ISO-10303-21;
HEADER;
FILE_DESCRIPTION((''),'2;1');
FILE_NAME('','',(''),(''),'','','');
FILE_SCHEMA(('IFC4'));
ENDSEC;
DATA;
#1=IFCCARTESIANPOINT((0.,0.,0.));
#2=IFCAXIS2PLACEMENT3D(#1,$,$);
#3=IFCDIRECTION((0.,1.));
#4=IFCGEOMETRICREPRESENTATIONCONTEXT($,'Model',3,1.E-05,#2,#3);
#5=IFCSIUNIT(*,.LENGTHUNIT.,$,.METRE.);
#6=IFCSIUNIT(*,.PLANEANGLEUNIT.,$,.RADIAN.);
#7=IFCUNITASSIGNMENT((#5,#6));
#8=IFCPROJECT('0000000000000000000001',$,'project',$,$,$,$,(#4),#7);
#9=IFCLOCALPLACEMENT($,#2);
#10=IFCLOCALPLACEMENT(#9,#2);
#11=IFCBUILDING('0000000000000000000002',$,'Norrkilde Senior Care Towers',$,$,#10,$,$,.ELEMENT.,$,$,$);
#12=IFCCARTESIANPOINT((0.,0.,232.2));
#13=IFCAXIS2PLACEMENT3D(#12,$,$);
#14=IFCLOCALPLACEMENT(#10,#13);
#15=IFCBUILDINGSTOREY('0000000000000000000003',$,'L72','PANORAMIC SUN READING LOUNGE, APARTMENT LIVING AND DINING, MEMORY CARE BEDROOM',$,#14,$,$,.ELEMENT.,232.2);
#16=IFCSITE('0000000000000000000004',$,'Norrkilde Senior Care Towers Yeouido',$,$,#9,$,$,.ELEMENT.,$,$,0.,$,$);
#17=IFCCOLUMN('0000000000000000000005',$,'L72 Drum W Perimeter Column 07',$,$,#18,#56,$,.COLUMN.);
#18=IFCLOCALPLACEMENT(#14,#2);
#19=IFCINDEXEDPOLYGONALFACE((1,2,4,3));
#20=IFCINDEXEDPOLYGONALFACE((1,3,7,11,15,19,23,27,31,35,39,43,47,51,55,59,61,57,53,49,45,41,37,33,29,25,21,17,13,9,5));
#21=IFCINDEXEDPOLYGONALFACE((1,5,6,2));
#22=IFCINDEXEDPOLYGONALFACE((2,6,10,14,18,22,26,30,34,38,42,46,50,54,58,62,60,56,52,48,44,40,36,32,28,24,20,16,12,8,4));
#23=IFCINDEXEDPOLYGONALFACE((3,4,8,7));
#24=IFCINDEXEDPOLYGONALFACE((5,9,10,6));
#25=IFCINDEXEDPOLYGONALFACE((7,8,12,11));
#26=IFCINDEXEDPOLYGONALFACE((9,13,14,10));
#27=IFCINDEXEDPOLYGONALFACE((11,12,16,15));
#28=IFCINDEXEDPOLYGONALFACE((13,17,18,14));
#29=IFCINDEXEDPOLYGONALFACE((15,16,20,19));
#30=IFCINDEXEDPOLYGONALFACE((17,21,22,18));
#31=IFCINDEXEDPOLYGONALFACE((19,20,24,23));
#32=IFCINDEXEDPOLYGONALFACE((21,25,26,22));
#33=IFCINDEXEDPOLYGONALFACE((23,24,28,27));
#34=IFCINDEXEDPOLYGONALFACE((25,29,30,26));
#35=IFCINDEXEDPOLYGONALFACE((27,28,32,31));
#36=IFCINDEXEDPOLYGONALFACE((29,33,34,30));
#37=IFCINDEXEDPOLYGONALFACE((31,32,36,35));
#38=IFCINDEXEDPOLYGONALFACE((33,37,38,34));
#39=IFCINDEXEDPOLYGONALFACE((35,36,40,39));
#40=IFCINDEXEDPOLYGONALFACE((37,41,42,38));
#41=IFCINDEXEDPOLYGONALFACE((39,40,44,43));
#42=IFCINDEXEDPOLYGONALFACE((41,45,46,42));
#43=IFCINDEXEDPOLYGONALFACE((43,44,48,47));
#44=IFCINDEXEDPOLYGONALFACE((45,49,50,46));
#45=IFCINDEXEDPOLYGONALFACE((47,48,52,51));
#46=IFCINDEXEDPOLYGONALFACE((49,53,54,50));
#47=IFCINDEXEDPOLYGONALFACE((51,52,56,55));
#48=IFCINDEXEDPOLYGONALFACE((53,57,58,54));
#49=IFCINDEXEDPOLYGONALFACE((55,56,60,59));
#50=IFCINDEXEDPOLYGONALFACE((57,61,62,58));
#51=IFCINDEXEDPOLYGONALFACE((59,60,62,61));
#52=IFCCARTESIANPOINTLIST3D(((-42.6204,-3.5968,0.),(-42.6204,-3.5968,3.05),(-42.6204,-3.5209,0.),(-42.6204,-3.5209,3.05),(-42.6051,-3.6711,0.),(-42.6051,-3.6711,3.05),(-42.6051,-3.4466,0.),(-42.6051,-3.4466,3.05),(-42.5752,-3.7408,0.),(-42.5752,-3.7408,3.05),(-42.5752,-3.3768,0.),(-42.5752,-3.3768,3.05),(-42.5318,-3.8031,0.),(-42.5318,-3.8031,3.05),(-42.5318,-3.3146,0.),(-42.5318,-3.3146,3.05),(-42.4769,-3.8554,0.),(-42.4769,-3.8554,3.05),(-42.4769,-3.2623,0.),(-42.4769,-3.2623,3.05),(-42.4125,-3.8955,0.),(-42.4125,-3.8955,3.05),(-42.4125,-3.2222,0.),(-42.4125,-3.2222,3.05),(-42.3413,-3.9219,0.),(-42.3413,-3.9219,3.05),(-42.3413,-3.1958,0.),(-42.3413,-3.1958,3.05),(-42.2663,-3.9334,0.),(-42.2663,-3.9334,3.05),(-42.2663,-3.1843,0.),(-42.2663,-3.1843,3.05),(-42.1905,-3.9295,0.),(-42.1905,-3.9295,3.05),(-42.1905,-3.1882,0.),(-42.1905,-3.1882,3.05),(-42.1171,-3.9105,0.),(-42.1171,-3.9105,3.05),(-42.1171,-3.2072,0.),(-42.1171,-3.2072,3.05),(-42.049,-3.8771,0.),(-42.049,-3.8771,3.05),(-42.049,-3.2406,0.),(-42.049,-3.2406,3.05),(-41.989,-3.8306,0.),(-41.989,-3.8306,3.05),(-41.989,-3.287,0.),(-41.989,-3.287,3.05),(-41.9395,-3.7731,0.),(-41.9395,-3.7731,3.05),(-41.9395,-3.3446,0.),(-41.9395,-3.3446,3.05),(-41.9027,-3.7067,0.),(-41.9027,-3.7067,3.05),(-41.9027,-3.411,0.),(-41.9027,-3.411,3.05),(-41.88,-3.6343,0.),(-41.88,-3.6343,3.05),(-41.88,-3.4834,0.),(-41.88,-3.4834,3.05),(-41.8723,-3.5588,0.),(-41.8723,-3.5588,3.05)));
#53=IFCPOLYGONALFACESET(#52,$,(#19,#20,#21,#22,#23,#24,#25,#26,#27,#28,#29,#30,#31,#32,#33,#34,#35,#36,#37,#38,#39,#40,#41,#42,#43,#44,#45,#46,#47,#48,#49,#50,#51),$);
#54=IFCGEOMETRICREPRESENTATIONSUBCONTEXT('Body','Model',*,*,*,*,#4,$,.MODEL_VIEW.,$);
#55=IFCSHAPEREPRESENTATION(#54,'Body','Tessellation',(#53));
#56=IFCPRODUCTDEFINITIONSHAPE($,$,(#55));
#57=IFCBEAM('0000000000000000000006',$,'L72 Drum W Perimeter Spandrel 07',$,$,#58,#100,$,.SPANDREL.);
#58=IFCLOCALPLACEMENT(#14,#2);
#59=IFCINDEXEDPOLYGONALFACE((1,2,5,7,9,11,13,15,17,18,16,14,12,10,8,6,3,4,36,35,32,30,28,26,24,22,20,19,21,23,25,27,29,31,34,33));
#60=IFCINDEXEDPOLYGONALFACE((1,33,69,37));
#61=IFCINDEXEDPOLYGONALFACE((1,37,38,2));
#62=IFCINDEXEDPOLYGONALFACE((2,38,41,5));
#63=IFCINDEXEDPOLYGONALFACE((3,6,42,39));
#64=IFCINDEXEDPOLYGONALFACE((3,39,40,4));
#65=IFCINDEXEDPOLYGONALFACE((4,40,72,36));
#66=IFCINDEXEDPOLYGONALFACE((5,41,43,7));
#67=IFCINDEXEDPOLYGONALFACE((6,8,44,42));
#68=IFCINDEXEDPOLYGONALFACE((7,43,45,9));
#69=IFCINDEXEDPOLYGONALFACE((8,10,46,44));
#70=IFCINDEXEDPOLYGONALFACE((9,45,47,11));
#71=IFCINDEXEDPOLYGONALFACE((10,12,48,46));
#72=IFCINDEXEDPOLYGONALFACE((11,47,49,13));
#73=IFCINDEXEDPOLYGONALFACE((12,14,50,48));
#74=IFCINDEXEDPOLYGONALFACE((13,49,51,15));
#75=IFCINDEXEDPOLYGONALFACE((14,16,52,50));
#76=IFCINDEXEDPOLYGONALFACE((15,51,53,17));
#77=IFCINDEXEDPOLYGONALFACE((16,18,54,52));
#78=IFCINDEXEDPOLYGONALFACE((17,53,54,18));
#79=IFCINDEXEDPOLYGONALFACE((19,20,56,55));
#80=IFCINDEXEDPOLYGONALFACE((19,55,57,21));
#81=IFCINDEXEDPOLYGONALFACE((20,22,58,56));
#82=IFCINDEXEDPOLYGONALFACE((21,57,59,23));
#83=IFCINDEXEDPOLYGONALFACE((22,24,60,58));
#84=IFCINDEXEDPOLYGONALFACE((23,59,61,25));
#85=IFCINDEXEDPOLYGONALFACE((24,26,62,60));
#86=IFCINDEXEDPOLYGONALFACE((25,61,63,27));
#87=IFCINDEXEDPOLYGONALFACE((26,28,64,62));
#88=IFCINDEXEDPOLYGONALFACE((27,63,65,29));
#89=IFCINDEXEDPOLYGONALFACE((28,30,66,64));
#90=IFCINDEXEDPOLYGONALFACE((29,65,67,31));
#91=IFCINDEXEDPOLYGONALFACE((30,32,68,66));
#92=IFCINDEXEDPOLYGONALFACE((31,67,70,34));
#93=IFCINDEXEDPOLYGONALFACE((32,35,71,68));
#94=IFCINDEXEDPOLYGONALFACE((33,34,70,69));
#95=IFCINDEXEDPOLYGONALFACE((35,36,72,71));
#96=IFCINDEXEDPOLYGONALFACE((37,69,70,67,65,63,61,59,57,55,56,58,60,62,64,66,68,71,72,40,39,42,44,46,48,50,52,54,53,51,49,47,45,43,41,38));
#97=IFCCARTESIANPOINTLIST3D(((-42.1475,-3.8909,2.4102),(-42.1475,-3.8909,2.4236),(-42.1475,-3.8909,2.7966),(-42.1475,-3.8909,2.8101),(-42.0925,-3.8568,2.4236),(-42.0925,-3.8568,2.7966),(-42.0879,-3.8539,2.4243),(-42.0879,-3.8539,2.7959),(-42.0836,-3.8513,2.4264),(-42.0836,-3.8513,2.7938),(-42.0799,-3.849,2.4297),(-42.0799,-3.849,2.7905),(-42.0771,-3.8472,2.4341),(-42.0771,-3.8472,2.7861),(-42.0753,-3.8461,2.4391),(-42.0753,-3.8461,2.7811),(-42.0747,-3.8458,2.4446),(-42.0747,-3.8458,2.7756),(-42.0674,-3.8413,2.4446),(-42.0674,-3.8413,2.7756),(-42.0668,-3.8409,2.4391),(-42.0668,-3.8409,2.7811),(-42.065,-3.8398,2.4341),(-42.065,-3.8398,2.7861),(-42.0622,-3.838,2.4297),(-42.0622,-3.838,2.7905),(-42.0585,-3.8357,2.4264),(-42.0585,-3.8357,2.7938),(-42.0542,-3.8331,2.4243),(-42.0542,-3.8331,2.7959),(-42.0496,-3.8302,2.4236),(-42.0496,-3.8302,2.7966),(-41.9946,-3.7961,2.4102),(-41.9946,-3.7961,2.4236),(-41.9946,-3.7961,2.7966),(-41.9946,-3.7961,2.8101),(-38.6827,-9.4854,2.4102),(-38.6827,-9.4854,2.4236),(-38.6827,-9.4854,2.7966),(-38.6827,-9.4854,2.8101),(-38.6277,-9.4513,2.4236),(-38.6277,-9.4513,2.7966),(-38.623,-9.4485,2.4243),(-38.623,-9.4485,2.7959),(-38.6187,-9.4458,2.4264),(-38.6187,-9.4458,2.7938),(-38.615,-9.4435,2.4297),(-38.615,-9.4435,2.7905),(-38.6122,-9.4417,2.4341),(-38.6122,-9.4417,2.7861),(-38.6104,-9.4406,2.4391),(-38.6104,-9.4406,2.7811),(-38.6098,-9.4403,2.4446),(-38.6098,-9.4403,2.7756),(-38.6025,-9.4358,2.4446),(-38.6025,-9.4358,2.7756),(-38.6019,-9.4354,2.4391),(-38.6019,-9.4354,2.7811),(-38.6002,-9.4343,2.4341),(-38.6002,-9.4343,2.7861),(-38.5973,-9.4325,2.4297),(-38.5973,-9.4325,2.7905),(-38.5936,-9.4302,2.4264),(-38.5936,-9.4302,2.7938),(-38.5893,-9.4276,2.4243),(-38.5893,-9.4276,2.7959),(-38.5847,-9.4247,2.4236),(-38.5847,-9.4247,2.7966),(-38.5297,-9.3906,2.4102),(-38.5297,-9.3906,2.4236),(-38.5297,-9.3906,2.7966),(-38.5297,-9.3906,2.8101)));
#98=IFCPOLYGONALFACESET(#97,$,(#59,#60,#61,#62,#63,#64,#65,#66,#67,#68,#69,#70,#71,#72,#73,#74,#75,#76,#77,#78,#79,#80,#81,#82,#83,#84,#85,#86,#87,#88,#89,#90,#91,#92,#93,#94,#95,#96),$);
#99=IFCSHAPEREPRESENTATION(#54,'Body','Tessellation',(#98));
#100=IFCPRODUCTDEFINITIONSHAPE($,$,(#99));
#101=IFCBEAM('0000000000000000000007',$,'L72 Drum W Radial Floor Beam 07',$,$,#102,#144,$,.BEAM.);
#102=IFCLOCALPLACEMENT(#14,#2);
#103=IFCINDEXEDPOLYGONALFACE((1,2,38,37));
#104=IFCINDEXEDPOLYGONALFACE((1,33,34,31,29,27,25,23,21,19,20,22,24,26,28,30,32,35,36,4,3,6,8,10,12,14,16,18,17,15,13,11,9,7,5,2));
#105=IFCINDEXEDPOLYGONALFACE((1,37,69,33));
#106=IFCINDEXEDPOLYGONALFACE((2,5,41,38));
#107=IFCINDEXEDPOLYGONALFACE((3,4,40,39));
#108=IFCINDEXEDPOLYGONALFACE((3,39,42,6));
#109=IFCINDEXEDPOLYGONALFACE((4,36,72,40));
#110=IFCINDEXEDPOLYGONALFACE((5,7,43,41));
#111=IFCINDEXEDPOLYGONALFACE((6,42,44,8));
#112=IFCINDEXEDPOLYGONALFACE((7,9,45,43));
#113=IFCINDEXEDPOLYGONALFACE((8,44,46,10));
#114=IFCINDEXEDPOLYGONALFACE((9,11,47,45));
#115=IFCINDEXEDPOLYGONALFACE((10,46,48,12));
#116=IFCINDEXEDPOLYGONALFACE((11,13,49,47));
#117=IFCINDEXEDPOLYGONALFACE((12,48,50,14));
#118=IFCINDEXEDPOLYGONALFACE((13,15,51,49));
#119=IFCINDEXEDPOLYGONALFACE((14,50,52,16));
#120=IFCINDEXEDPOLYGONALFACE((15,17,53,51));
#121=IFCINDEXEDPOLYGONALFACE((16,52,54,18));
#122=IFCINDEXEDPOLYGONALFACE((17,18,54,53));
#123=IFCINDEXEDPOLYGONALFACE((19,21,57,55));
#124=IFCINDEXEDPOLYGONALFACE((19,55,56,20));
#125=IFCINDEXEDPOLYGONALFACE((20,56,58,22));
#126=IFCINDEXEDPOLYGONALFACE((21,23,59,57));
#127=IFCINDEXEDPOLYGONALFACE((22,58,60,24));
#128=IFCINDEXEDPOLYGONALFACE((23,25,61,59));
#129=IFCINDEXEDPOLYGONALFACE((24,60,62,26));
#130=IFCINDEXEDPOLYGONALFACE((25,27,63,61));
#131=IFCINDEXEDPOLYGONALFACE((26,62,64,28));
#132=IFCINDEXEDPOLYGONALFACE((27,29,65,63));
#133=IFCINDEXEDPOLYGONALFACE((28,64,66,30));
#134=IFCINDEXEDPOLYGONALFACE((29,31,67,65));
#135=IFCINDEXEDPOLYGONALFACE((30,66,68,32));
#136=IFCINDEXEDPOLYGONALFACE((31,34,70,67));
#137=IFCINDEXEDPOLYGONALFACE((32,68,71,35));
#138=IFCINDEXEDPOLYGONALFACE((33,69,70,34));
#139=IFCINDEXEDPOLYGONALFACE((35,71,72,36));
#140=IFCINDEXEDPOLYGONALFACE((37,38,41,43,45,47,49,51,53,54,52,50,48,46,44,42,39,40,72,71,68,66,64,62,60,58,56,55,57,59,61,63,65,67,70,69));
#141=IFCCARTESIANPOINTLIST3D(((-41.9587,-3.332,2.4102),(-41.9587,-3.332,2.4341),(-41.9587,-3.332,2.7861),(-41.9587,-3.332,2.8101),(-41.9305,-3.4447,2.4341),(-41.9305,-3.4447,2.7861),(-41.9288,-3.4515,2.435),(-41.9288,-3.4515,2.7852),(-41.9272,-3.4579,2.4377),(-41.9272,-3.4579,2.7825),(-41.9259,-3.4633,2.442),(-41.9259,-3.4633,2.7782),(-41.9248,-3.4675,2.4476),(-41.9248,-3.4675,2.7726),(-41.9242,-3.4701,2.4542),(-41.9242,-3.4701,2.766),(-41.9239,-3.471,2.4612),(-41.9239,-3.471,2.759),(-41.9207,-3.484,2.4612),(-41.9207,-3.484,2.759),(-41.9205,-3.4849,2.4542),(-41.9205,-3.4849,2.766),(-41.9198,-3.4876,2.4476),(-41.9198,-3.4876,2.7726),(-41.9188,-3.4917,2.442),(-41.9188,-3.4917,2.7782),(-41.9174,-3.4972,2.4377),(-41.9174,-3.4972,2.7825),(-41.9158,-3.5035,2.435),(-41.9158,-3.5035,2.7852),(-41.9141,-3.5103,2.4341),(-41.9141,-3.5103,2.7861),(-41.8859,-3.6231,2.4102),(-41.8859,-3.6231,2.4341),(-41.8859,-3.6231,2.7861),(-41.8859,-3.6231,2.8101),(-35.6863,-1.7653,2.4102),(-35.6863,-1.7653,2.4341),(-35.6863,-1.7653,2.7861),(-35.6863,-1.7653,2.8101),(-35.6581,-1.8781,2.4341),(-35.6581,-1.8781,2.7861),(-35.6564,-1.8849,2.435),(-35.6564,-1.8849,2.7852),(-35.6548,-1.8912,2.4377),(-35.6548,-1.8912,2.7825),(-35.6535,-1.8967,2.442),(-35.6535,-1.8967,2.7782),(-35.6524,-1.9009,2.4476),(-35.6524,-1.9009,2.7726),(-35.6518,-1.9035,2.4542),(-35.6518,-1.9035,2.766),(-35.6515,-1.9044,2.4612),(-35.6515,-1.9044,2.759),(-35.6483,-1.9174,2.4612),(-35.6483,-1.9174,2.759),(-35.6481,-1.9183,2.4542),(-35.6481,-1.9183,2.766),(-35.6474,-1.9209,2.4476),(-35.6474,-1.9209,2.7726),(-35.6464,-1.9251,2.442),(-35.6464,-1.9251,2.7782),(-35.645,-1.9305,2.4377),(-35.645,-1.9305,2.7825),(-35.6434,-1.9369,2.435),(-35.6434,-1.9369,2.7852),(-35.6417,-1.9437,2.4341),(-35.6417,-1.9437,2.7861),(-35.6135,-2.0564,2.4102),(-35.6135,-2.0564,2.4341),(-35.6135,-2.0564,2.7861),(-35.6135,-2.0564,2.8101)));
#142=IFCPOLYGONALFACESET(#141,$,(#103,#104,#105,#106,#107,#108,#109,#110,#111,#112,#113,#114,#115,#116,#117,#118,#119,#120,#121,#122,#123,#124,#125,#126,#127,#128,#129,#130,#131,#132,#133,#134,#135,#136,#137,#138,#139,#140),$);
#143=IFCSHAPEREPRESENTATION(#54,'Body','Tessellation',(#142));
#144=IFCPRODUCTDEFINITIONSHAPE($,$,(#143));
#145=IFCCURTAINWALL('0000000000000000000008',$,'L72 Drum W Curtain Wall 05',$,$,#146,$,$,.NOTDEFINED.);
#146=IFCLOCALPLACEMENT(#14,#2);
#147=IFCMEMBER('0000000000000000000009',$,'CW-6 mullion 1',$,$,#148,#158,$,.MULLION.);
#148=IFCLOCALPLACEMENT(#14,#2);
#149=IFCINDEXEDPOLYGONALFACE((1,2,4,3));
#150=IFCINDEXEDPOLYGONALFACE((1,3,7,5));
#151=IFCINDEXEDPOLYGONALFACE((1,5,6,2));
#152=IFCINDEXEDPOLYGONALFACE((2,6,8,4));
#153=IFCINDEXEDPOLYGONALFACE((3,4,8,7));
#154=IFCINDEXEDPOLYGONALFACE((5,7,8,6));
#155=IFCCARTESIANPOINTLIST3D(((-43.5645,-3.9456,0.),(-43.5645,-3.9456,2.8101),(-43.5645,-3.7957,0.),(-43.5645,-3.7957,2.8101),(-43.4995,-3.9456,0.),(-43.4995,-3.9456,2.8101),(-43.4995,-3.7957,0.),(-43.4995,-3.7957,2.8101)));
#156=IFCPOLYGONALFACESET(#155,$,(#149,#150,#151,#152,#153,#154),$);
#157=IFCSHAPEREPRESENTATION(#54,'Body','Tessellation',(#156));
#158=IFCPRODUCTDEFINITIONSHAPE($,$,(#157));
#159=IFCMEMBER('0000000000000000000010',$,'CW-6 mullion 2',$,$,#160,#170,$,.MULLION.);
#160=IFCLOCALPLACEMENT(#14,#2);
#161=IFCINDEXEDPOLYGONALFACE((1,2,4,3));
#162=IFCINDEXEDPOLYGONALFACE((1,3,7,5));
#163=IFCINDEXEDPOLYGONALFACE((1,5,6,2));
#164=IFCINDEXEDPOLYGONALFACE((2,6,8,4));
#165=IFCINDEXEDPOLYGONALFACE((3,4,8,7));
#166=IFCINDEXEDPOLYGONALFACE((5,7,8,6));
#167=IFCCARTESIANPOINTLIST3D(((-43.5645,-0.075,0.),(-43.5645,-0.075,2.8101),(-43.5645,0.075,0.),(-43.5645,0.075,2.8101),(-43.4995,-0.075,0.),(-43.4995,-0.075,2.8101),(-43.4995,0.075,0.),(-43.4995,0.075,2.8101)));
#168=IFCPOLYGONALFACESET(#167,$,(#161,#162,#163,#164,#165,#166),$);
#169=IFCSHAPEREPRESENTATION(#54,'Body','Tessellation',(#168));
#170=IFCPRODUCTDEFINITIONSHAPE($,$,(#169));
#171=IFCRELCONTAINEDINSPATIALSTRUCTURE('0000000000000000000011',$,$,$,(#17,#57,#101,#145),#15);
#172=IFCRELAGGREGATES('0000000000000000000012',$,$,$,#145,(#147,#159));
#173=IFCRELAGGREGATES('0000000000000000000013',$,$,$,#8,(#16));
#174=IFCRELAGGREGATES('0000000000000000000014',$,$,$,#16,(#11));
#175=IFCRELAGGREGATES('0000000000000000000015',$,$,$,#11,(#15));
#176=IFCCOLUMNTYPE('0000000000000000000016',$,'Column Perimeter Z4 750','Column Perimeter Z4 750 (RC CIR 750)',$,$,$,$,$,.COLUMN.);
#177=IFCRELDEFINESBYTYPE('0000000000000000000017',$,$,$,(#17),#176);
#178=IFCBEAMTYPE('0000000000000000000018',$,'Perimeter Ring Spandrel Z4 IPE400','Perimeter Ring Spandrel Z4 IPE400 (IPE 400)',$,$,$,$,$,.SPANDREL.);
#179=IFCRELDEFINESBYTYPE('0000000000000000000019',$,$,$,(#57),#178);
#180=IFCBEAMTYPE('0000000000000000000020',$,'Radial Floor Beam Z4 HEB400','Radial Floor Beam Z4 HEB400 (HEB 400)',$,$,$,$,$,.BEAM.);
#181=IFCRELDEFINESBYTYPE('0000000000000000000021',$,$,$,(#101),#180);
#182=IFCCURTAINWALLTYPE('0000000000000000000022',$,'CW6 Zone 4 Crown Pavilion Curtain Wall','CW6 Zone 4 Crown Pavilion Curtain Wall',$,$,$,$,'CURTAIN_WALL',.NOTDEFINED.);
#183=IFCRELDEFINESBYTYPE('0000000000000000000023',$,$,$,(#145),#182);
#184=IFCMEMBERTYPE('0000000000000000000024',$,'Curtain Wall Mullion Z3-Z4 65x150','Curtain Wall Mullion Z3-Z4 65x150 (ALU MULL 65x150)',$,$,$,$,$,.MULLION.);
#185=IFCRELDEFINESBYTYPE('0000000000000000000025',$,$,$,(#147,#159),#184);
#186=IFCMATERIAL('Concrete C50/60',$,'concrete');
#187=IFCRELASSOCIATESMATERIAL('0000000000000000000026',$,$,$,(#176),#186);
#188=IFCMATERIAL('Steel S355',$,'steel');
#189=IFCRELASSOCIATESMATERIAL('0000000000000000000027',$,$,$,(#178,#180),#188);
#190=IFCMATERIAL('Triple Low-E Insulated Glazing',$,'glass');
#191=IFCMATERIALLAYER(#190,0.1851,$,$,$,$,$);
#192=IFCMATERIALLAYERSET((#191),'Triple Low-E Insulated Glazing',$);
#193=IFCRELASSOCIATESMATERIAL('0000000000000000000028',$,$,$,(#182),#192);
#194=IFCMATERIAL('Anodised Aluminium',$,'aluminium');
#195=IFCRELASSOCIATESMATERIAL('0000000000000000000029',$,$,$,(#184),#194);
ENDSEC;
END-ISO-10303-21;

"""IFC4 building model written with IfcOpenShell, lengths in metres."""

from ifc_helpers import new_model, si_unit, direction, frame, origin, origin_2d, place, context, subcontext, project, spatial, rectangle, circle, i_section, extrude, source, transform, mapped, material, layer, layer_set, material_profile, profile_set, type_object, type_shapes, element, aggregate, save


model = new_model("IFC4")

# Units and contexts
model_context = context("Model", 3, precision=1e-05, world=origin(), true_north=direction((0.0, 1.0)))
body_context = subcontext(model_context, "Body", "Model", "MODEL_VIEW")
ifc_project = project(units=[si_unit("LENGTHUNIT", "METRE"), si_unit("PLANEANGLEUNIT", "RADIAN")], contexts=[model_context])

# Site, building, storey
site_placement = place(None, origin())
site = spatial("IfcSite", under=ifc_project, at=site_placement, Name="Norrkilde Senior Care Towers Yeouido", CompositionType="ELEMENT", RefElevation=0.0)
building_placement = place(site_placement, origin())
building = spatial("IfcBuilding", under=site, at=building_placement, Name="Norrkilde Senior Care Towers", CompositionType="ELEMENT")
storey_placement = place(building_placement, frame((0.0, 0.0, 232.2)))
storey = spatial("IfcBuildingStorey", under=building, at=storey_placement, Name="L72", Description="PANORAMIC SUN READING LOUNGE, APARTMENT LIVING AND DINING, MEMORY CARE BEDROOM", CompositionType="ELEMENT", Elevation=232.2)

# Column
ifc_material_1 = material(Name="Concrete C50/60", Category="concrete")
ifc_material_profile_1 = material_profile(ifc_material_1, circle(Radius=0.375, at=origin_2d()), Name="RC CIR 750")
ifc_profile_set_1 = profile_set([ifc_material_profile_1], Name="Concrete C50/60")
column_type = type_object("IfcColumnType", Name="Column Perimeter Z4 750", Description="Column Perimeter Z4 750 (RC CIR 750)", PredefinedType="COLUMN", material=ifc_profile_set_1)
shared_shape_1 = source(origin(), body_context, "Body", "SweptSolid", [
    extrude(circle(Radius=0.375, at=origin_2d()), origin(), (0.0, 0.0, 1.0), 3.05),
])
type_shapes(column_type, [shared_shape_1])
column_placement = place(storey_placement, frame((-42.2473, -3.5588, 0.0), z_axis=(0.0, 0.0, 1.0), x_axis=(1.0, 0.0, 0.0)))
element("IfcColumn", 1, at=column_placement, inside=storey, type_object=column_type, Name="L72 Drum W Perimeter Column 07", PredefinedType="COLUMN", context=body_context, shape_type="MappedRepresentation", body=[
    mapped(shared_shape_1, transform((0.0, 0.0, 0.0), x_axis=(1.0, 0.0, 0.0), y_axis=(0.0, 1.0, 0.0), z_axis=(0.0, 0.0, 1.0), scale=1.0)),
])

# Beams
ifc_material_2 = material(Name="Steel S355", Category="steel")
ifc_material_profile_2 = material_profile(ifc_material_2, i_section(OverallWidth=0.1799, OverallDepth=0.3999, WebThickness=0.0085, FlangeThickness=0.0134, FilletRadius=0.021, at=origin_2d()), Name="IPE 400")
ifc_profile_set_2 = profile_set([ifc_material_profile_2], Name="Steel S355")
beam_type_1 = type_object("IfcBeamType", Name="Perimeter Ring Spandrel Z4 IPE400", Description="Perimeter Ring Spandrel Z4 IPE400 (IPE 400)", PredefinedType="SPANDREL", material=ifc_profile_set_2)
shared_shape_2 = source(origin(), body_context, "Body", "SweptSolid", [
    extrude(i_section(OverallWidth=0.1799, OverallDepth=0.3999, WebThickness=0.0085, FlangeThickness=0.0134, FilletRadius=0.021, at=origin_2d()), origin(), (0.0, 0.0, 1.0), 6.5806),
])
type_shapes(beam_type_1, [shared_shape_2])
beam_1_placement = place(storey_placement, frame((-42.071, -3.8435, 2.6101), z_axis=(0.52653, -0.850157, 0.0), x_axis=(0.850157, 0.52653, 0.0)))
element("IfcBeam", 2, at=beam_1_placement, inside=storey, type_object=beam_type_1, Name="L72 Drum W Perimeter Spandrel 07", PredefinedType="SPANDREL", context=body_context, shape_type="MappedRepresentation", body=[
    mapped(shared_shape_2, transform((0.0, 0.0, 0.0), x_axis=(1.0, 0.0, 0.0), y_axis=(0.0, 1.0, 0.0), z_axis=(0.0, 0.0, 1.0), scale=1.0)),
])
ifc_material_profile_3 = material_profile(ifc_material_2, i_section(OverallWidth=0.3, OverallDepth=0.3999, WebThickness=0.0134, FlangeThickness=0.0239, FilletRadius=0.0271, at=origin_2d()), Name="HEB 400")
ifc_profile_set_3 = profile_set([ifc_material_profile_3], Name="Steel S355")
beam_type_2 = type_object("IfcBeamType", Name="Radial Floor Beam Z4 HEB400", Description="Radial Floor Beam Z4 HEB400 (HEB 400)", PredefinedType="BEAM", material=ifc_profile_set_3)
shared_shape_3 = source(origin(), body_context, "Body", "SweptSolid", [
    extrude(i_section(OverallWidth=0.3, OverallDepth=0.3999, WebThickness=0.0134, FlangeThickness=0.0239, FilletRadius=0.0271, at=origin_2d()), origin(), (0.0, 0.0, 1.0), 6.4651),
])
type_shapes(beam_type_2, [shared_shape_3])
beam_2_placement = place(storey_placement, frame((-35.6499, -1.9109, 2.6101), z_axis=(-0.970196, -0.242322, 0.0), x_axis=(0.242322, -0.970196, 0.0)))
element("IfcBeam", 3, at=beam_2_placement, inside=storey, type_object=beam_type_2, Name="L72 Drum W Radial Floor Beam 07", PredefinedType="BEAM", context=body_context, shape_type="MappedRepresentation", body=[
    mapped(shared_shape_3, transform((0.0, 0.0, 0.0), x_axis=(1.0, 0.0, 0.0), y_axis=(0.0, 1.0, 0.0), z_axis=(0.0, 0.0, 1.0), scale=1.0)),
])

# Curtain wall, members
ifc_material_3 = material(Name="Triple Low-E Insulated Glazing", Category="glass")
ifc_layer_1 = layer(ifc_material_3, 0.1851)
ifc_layer_set_1 = layer_set([ifc_layer_1], Name="Triple Low-E Insulated Glazing")
curtain_wall_type = type_object("IfcCurtainWallType", Name="CW6 Zone 4 Crown Pavilion Curtain Wall", Description="CW6 Zone 4 Crown Pavilion Curtain Wall", ElementType="CURTAIN_WALL", PredefinedType="NOTDEFINED", material=ifc_layer_set_1)
curtain_wall_placement = place(storey_placement, origin())
curtain_wall = element("IfcCurtainWall", 4, at=curtain_wall_placement, inside=storey, type_object=curtain_wall_type, Name="L72 Drum W Curtain Wall 05", PredefinedType="NOTDEFINED")
ifc_material_4 = material(Name="Anodised Aluminium", Category="aluminium")
ifc_material_profile_4 = material_profile(ifc_material_4, rectangle(XDim=0.0649, YDim=0.1499, at=origin_2d()), Name="ALU MULL 65x150")
ifc_profile_set_4 = profile_set([ifc_material_profile_4], Name="Anodised Aluminium")
member_type_1 = type_object("IfcMemberType", Name="Curtain Wall Mullion Z3-Z4 65x150", Description="Curtain Wall Mullion Z3-Z4 65x150 (ALU MULL 65x150)", PredefinedType="MULLION", material=ifc_profile_set_4)
shared_shape_4 = source(origin(), body_context, "Body", "SweptSolid", [
    extrude(rectangle(XDim=0.0649, YDim=0.1499, at=origin_2d()), origin(), (0.0, 0.0, 1.0), 2.8101),
])
type_shapes(member_type_1, [shared_shape_4])
member_1_placement = place(storey_placement, frame((-43.532, -3.8706, 0.0), z_axis=(0.0, 0.0, 1.0), x_axis=(-1.0, 0.0, 0.0)))
member_1 = element("IfcMember", 5, at=member_1_placement, type_object=member_type_1, Name="CW-6 mullion 1", PredefinedType="MULLION", context=body_context, shape_type="MappedRepresentation", body=[
    mapped(shared_shape_4, transform((0.0, 0.0, 0.0), x_axis=(1.0, 0.0, 0.0), y_axis=(0.0, 1.0, 0.0), z_axis=(0.0, 0.0, 1.0), scale=1.0)),
])
member_2_placement = place(storey_placement, frame((-43.532, 0.0, 0.0), z_axis=(0.0, 0.0, 1.0), x_axis=(-1.0, 0.0, 0.0)))
member_2 = element("IfcMember", 6, at=member_2_placement, type_object=member_type_1, Name="CW-6 mullion 2", PredefinedType="MULLION", context=body_context, shape_type="MappedRepresentation", body=[
    mapped(shared_shape_4, transform((0.0, 0.0, 0.0), x_axis=(1.0, 0.0, 0.0), y_axis=(0.0, 1.0, 0.0), z_axis=(0.0, 0.0, 1.0), scale=1.0)),
])
aggregate(curtain_wall, [member_1, member_2])

save(model, "model.ifc")
